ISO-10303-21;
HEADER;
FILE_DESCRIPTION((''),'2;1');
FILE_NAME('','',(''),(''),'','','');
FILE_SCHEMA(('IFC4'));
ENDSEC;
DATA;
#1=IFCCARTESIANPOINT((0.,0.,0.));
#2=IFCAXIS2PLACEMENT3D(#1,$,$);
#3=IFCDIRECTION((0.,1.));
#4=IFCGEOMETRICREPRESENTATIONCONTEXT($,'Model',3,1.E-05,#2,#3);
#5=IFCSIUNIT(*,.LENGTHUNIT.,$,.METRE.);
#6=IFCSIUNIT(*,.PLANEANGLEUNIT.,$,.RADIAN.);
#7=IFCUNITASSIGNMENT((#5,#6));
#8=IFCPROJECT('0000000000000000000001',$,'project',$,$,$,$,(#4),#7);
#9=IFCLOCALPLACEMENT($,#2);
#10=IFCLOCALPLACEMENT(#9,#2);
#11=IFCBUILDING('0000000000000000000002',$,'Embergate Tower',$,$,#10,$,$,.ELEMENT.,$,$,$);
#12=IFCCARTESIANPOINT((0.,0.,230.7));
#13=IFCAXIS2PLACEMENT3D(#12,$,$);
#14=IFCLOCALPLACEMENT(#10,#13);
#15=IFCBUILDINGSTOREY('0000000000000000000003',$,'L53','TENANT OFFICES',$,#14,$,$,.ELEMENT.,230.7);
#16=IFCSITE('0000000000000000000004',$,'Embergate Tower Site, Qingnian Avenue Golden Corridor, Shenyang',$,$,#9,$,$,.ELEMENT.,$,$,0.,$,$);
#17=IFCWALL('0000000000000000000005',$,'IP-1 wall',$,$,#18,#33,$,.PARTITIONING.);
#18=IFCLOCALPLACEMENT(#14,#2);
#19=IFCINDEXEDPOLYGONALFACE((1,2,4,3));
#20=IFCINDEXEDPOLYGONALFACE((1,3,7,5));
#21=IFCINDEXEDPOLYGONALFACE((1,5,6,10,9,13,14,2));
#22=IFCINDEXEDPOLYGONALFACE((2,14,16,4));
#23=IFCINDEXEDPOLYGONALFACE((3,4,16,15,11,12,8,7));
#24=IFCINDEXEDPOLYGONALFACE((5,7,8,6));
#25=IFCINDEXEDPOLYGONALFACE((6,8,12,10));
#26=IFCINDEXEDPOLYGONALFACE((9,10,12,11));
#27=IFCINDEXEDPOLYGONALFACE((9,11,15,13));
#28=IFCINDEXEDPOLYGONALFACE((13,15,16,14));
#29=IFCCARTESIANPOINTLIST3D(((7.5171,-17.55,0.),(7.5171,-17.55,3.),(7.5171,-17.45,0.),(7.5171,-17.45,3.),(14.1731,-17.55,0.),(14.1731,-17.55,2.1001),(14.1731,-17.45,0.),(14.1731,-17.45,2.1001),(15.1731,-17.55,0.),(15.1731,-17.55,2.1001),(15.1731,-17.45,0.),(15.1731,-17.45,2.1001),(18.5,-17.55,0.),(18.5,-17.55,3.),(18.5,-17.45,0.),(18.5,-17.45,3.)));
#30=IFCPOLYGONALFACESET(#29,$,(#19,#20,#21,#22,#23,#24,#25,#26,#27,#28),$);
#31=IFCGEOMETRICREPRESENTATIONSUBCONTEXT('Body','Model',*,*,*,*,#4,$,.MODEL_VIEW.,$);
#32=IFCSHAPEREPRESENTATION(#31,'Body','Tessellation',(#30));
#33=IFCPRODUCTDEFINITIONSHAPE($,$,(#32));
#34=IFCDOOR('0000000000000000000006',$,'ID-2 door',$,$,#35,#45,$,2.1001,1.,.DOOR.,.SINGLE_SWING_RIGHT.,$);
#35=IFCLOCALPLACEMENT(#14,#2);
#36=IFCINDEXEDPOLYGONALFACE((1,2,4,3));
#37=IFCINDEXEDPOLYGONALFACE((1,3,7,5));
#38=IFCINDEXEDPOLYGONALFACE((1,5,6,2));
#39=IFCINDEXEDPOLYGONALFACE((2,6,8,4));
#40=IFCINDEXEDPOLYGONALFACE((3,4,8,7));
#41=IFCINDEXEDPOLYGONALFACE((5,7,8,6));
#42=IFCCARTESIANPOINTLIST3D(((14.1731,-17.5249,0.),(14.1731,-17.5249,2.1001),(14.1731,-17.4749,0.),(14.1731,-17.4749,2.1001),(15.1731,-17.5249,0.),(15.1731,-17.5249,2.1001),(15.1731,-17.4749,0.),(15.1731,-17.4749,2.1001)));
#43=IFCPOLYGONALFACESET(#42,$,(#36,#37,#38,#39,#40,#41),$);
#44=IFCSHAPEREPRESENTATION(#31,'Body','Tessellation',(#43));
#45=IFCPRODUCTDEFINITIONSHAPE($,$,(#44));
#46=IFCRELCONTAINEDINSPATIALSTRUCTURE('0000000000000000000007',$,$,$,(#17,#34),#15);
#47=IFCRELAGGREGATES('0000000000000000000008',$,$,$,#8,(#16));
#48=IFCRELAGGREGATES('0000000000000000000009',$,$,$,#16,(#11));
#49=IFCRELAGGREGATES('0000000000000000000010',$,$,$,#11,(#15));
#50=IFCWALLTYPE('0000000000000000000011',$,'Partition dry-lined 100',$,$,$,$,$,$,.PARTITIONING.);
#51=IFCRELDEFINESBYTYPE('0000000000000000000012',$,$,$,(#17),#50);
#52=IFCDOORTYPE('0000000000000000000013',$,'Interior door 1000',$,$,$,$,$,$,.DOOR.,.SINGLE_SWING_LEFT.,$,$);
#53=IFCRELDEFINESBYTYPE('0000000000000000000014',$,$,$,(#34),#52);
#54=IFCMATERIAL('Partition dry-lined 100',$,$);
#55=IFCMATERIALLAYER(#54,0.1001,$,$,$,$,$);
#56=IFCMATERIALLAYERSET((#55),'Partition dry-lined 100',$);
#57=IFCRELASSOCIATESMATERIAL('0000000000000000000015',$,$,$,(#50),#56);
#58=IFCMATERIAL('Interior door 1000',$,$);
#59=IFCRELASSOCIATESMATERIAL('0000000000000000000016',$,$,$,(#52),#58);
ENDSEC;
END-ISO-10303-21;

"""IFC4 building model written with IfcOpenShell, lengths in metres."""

from ifc_helpers import new_model, si_unit, direction, frame, frame_2d, origin, place, context, subcontext, project, spatial, rectangle, extrude, source, transform, mapped, material, layer, layer_set, type_object, element, fill, save


model = new_model("IFC4")

# Units and contexts
model_context = context("Model", 3, precision=1e-05, world=origin(), true_north=direction((0.0, 1.0)))
body_context = subcontext(model_context, "Body", "Model", "MODEL_VIEW")
ifc_project = project(units=[si_unit("LENGTHUNIT", "METRE"), si_unit("PLANEANGLEUNIT", "RADIAN")], contexts=[model_context])

# Site, building, storey
site_placement = place(None, origin())
site = spatial("IfcSite", under=ifc_project, at=site_placement, Name="Embergate Tower Site, Qingnian Avenue Golden Corridor, Shenyang", CompositionType="ELEMENT", RefElevation=0.0)
building_placement = place(site_placement, origin())
building = spatial("IfcBuilding", under=site, at=building_placement, Name="Embergate Tower", CompositionType="ELEMENT")
storey_placement = place(building_placement, frame((0.0, 0.0, 230.7)))
storey = spatial("IfcBuildingStorey", under=building, at=storey_placement, Name="L53", Description="TENANT OFFICES", CompositionType="ELEMENT", Elevation=230.7)

# Wall, opening, door
ifc_material_1 = material(Name="Partition dry-lined 100")
ifc_layer_1 = layer(ifc_material_1, 0.1001)
ifc_layer_set_1 = layer_set([ifc_layer_1], Name="Partition dry-lined 100")
wall_type = type_object("IfcWallType", Name="Partition dry-lined 100", PredefinedType="PARTITIONING", material=ifc_layer_set_1)
shared_shape_1 = source(origin(), body_context, "Body", "SweptSolid", [
    extrude(rectangle(XDim=10.9829, YDim=0.1001, at=frame_2d((5.4915, 0.0))), origin(), (0.0, 0.0, 1.0), 3.0),
])
wall_placement = place(storey_placement, frame((18.5, -17.5, 0.0), z_axis=(0.0, 0.0, 1.0), x_axis=(-1.0, 0.0, 0.0)))
wall = element("IfcWall", 1, at=wall_placement, inside=storey, type_object=wall_type, Name="IP-1 wall", PredefinedType="PARTITIONING", context=body_context, shape_type="MappedRepresentation", body=[
    mapped(shared_shape_1, transform((0.0, 0.0, 0.0))),
])
shared_shape_2 = source(origin(), body_context, "Body", "SweptSolid", [
    extrude(rectangle(XDim=1.0, YDim=2.1001, at=frame_2d((0.5, 1.05))), frame((0.0, 0.0601, 0.0), z_axis=(0.0, -1.0, 0.0), x_axis=(1.0, 0.0, 0.0)), (0.0, 0.0, 1.0), 0.1201),
])
opening_placement = place(wall_placement, frame((3.3269, 0.0, 0.0)))
opening = element("IfcOpeningElement", 2, at=opening_placement, cuts=wall, PredefinedType="OPENING", context=body_context, shape_type="MappedRepresentation", body=[
    mapped(shared_shape_2, transform((0.0, 0.0, 0.0))),
])
ifc_material_2 = material(Name="Interior door 1000")
door_type = type_object("IfcDoorType", Name="Interior door 1000", OperationType="SINGLE_SWING_LEFT", PredefinedType="DOOR", material=ifc_material_2)
shared_shape_3 = source(origin(), body_context, "Body", "SweptSolid", [
    extrude(rectangle(XDim=1.0, YDim=2.1001, at=frame_2d((0.5, 1.05))), frame((0.0, 0.0249, 0.0), z_axis=(0.0, -1.0, 0.0), x_axis=(1.0, 0.0, 0.0)), (0.0, 0.0, 1.0), 0.05),
])
door_placement = place(opening_placement, origin())
door = element("IfcDoor", 3, at=door_placement, inside=storey, type_object=door_type, Name="ID-2 door", OperationType="SINGLE_SWING_RIGHT", OverallHeight=2.1001, OverallWidth=1.0, PredefinedType="DOOR", context=body_context, shape_type="MappedRepresentation", body=[
    mapped(shared_shape_3, transform((0.0, 0.0, 0.0))),
])
fill(opening, door)

save(model, "model.ifc")
